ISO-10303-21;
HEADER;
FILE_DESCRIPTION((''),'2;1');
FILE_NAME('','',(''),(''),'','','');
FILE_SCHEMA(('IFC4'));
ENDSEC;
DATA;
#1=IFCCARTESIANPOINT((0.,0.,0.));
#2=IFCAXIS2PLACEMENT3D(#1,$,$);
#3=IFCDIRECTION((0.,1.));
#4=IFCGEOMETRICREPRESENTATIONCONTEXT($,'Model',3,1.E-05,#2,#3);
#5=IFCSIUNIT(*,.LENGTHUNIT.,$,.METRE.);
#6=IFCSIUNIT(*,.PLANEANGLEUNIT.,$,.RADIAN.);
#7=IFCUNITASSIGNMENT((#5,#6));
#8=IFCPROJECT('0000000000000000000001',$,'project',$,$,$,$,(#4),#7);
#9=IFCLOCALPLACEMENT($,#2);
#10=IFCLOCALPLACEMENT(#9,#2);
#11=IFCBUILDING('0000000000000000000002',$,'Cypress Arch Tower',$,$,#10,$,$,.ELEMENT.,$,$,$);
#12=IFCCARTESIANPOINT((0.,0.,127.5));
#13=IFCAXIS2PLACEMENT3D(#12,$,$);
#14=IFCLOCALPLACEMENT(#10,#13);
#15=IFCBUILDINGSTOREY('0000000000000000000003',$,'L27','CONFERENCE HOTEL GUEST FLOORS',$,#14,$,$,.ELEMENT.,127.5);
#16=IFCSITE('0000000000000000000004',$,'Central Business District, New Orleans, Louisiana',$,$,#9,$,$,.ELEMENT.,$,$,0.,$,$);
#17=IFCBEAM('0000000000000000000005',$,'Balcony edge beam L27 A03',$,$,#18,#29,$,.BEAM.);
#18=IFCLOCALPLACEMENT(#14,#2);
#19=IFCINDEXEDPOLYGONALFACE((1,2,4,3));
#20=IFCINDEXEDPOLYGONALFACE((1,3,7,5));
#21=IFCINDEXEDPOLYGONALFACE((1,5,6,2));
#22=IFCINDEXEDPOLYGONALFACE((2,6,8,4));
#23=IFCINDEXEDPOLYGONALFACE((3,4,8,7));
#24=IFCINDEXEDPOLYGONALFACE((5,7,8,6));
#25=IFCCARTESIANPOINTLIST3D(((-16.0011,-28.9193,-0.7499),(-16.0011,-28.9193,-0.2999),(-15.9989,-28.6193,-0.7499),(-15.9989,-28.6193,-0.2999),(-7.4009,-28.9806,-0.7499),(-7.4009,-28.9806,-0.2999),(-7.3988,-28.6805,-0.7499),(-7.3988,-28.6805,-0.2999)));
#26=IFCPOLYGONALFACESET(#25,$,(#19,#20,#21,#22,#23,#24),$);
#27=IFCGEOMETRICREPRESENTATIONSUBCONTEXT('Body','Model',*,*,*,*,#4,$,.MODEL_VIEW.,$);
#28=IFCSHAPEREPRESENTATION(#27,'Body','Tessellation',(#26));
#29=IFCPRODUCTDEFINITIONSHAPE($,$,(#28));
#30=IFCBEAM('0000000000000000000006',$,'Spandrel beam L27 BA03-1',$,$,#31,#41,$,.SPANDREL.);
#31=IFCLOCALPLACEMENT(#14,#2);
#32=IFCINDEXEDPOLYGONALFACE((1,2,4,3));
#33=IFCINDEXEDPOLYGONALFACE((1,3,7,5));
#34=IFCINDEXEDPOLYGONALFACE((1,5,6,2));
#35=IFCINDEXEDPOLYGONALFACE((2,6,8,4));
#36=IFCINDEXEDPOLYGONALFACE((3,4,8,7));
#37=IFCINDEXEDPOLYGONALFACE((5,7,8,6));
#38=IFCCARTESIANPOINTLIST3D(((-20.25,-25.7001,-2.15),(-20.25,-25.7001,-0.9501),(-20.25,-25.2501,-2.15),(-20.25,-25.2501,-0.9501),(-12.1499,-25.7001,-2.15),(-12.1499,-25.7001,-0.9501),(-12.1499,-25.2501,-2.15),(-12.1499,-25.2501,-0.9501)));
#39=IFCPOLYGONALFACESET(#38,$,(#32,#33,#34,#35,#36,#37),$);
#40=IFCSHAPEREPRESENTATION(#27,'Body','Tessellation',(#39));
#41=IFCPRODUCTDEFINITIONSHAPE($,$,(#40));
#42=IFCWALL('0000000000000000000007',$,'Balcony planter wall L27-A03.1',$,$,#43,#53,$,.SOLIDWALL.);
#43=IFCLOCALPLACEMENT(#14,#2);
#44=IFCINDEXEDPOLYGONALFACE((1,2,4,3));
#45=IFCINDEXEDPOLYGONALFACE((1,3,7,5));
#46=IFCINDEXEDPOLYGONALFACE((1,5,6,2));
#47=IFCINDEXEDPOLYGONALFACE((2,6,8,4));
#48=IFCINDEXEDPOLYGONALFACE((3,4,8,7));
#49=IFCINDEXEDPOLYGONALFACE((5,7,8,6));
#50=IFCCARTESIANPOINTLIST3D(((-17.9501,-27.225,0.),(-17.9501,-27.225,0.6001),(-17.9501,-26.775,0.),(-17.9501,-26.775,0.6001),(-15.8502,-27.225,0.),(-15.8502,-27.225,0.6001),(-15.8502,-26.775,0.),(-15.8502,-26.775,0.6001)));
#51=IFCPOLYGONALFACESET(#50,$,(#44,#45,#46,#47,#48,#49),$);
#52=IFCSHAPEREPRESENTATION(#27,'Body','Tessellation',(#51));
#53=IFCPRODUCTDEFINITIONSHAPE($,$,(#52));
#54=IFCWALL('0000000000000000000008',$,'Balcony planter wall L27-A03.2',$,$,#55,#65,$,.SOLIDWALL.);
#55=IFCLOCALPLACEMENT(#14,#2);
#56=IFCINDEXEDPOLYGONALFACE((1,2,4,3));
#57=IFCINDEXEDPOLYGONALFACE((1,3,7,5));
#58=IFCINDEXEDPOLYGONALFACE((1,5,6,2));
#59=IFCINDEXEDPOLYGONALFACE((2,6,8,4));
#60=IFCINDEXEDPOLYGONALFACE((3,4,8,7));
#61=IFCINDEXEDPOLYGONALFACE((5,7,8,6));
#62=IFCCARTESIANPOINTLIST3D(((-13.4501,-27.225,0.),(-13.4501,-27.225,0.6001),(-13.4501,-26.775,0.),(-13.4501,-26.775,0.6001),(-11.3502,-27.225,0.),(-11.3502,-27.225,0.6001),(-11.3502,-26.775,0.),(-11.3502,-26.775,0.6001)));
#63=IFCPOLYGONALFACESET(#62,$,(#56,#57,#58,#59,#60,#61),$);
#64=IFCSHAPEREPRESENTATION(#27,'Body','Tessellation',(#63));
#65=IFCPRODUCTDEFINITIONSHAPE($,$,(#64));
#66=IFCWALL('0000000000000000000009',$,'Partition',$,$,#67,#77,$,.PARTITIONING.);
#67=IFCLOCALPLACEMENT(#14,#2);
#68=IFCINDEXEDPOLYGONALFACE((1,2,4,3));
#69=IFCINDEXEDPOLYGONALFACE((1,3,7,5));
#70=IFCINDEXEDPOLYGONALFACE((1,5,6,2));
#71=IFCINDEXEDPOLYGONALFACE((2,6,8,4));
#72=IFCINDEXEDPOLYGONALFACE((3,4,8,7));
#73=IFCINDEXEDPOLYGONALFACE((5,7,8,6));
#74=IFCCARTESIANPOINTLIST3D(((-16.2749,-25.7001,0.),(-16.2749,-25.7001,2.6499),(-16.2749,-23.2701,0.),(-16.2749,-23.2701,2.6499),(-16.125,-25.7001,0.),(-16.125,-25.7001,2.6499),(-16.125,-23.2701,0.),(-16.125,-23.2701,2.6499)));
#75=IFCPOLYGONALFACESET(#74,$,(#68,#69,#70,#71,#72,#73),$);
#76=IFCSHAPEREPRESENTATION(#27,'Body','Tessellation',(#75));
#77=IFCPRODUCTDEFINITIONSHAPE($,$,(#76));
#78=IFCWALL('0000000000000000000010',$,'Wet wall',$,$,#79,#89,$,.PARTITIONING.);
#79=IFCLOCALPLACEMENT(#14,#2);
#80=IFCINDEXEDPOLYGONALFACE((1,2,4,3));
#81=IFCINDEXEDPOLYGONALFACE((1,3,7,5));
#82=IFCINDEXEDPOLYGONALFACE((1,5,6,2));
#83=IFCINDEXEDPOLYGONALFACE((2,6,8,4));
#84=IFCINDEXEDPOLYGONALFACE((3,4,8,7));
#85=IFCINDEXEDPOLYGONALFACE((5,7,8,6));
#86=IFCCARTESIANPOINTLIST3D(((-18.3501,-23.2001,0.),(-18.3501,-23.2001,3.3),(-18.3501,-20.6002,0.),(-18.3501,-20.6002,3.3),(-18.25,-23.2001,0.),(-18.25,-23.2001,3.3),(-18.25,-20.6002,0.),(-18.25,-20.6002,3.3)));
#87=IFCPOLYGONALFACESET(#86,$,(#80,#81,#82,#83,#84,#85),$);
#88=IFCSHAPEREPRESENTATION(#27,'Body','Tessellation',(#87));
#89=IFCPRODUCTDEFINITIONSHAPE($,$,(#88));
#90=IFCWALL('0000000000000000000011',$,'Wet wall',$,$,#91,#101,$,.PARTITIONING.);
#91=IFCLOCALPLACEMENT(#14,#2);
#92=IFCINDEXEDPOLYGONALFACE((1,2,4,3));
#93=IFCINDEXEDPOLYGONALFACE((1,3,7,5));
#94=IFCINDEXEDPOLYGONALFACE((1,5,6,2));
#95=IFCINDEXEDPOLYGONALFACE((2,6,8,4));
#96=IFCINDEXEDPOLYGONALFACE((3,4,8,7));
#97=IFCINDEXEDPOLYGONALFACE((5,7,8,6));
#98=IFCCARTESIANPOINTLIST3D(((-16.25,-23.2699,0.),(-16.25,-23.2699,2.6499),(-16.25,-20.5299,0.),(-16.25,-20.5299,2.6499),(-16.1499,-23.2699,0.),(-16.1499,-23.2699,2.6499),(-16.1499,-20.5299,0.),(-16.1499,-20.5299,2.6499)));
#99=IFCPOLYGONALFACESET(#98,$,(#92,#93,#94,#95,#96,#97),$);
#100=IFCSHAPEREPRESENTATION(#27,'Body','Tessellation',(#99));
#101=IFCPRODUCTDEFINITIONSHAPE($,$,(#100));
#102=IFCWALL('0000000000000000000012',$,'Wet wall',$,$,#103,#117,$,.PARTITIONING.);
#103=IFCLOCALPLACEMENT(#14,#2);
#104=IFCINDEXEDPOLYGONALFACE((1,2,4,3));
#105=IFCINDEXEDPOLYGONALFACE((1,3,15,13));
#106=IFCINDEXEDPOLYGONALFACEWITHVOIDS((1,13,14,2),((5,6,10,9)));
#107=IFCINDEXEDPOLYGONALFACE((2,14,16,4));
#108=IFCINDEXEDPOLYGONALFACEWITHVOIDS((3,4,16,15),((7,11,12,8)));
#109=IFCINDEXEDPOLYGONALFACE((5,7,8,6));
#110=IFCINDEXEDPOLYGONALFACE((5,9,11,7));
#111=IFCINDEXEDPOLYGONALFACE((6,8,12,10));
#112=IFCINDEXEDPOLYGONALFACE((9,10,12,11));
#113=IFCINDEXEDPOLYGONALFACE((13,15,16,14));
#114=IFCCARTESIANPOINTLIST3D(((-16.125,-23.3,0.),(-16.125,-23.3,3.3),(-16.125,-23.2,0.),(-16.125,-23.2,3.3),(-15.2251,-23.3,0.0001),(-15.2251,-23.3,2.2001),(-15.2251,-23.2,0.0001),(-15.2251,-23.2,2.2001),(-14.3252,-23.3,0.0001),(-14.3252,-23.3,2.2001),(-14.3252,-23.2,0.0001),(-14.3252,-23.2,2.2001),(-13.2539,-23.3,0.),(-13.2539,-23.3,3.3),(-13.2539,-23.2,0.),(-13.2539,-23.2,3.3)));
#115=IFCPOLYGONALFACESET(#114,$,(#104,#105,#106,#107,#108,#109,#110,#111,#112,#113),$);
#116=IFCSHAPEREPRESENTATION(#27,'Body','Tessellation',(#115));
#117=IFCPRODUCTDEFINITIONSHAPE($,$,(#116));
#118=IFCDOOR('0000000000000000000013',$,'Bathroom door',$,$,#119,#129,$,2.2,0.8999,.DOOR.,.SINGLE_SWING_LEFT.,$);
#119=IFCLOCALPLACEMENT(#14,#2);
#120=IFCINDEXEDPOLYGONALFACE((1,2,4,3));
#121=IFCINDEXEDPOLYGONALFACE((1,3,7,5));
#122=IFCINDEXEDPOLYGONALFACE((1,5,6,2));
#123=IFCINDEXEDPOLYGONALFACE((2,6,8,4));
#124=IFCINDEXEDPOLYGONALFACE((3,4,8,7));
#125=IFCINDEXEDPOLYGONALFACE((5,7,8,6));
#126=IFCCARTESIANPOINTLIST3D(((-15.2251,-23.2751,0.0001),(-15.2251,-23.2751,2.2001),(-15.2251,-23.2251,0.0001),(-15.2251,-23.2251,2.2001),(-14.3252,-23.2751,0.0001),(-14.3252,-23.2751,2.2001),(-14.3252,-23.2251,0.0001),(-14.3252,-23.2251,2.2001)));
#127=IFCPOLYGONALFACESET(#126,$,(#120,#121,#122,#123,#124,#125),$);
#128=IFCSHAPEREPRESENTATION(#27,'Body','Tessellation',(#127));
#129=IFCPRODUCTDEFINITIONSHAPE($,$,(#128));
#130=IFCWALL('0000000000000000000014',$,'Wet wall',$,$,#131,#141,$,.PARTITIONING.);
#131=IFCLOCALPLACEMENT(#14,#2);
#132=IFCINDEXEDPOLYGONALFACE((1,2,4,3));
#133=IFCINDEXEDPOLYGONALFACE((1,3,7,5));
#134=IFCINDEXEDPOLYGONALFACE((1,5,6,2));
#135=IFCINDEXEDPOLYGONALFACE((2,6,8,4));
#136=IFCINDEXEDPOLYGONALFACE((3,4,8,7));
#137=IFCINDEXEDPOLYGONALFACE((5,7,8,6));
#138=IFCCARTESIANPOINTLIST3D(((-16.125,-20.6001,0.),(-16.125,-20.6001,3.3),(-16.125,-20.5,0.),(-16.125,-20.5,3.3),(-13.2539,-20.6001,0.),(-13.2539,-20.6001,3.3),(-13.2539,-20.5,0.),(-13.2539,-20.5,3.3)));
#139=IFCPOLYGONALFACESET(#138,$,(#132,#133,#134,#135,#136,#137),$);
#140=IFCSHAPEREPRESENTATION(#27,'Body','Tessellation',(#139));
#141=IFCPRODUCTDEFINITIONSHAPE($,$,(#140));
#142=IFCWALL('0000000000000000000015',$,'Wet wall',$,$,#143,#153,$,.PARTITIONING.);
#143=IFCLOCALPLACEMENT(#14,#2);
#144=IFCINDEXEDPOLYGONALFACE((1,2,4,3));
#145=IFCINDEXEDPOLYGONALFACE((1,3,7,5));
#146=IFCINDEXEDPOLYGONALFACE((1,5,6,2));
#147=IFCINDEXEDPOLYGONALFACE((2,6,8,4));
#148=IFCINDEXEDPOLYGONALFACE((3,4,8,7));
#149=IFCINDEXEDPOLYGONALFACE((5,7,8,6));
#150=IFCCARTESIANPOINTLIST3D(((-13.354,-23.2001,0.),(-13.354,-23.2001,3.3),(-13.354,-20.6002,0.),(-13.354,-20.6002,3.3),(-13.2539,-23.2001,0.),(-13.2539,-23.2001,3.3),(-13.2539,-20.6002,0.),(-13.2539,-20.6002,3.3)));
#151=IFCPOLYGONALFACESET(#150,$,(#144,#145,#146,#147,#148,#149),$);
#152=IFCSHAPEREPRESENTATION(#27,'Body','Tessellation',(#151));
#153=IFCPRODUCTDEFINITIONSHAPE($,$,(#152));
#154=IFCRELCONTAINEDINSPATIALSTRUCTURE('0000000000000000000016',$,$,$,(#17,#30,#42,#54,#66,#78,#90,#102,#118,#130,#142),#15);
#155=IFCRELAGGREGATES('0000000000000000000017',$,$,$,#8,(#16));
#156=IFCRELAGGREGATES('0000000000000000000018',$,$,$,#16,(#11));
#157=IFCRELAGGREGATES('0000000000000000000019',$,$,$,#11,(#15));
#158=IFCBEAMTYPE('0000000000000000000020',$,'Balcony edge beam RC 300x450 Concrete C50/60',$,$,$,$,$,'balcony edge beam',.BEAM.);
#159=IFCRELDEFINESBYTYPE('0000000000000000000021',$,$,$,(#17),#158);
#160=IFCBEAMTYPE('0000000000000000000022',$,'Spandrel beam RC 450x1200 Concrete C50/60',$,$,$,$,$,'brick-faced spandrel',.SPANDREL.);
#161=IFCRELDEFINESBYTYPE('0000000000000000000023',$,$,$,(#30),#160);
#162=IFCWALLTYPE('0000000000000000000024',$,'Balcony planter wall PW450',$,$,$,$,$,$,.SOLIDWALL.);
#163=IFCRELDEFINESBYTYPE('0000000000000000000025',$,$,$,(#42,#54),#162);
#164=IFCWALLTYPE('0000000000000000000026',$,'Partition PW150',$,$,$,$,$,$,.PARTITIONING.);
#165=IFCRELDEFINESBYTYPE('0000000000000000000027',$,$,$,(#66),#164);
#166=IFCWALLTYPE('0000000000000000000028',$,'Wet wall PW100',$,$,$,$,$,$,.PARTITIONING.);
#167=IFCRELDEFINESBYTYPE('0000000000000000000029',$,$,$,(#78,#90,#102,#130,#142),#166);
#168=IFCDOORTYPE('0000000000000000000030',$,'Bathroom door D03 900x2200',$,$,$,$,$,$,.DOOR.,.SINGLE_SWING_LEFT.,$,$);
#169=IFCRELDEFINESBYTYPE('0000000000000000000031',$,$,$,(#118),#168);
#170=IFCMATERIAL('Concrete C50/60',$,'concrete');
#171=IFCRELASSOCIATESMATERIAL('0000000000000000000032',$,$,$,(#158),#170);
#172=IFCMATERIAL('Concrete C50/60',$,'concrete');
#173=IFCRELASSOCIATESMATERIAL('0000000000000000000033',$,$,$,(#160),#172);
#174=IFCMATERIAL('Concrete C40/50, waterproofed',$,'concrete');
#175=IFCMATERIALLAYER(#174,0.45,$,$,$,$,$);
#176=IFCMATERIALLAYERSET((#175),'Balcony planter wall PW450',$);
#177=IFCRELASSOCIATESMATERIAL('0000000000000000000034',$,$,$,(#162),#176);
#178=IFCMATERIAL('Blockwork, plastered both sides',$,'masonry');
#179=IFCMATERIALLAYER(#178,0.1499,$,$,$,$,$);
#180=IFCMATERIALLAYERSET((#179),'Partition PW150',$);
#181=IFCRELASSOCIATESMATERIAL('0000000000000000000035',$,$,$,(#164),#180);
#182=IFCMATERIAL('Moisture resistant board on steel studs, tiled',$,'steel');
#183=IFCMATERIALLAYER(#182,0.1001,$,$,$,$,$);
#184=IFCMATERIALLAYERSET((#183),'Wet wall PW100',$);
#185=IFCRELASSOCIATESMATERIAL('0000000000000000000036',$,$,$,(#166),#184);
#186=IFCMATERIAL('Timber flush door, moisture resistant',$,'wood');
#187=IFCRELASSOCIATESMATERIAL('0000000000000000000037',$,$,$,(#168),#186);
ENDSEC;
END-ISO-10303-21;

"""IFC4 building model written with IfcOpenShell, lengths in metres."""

from ifc_helpers import new_model, si_unit, direction, frame, frame_2d, origin, origin_2d, place, context, subcontext, project, spatial, rectangle, extrude, material, layer, layer_set, material_profile, profile_set, type_object, element, fill, save


model = new_model("IFC4")

# Units and contexts
model_context = context("Model", 3, precision=1e-05, world=origin(), true_north=direction((0.0, 1.0)))
body_context = subcontext(model_context, "Body", "Model", "MODEL_VIEW")
ifc_project = project(units=[si_unit("LENGTHUNIT", "METRE"), si_unit("PLANEANGLEUNIT", "RADIAN")], contexts=[model_context])

# Site, building, storey
site_placement = place(None, origin())
site = spatial("IfcSite", under=ifc_project, at=site_placement, Name="Central Business District, New Orleans, Louisiana", CompositionType="ELEMENT", RefElevation=0.0)
building_placement = place(site_placement, origin())
building = spatial("IfcBuilding", under=site, at=building_placement, Name="Cypress Arch Tower", CompositionType="ELEMENT")
storey_placement = place(building_placement, frame((0.0, 0.0, 127.5)))
storey = spatial("IfcBuildingStorey", under=building, at=storey_placement, Name="L27", Description="CONFERENCE HOTEL GUEST FLOORS", CompositionType="ELEMENT", Elevation=127.5)

# Beams
ifc_material_1 = material(Name="Concrete C50/60", Category="concrete")
ifc_material_profile_1 = material_profile(ifc_material_1, rectangle(XDim=0.3, YDim=0.45, at=origin_2d()), Name="RC 300x450")
ifc_profile_set_1 = profile_set([ifc_material_profile_1], Name="Concrete C50/60")
beam_type_1 = type_object("IfcBeamType", Name="Balcony edge beam RC 300x450 Concrete C50/60", ElementType="balcony edge beam", PredefinedType="BEAM", material=ifc_profile_set_1)
beam_1_placement = place(storey_placement, frame((-16.0, -28.7693, -0.5249), z_axis=(0.999975, -0.007125, 0.0), x_axis=(0.007125, 0.999975, 0.0)))
element("IfcBeam", 1, at=beam_1_placement, inside=storey, type_object=beam_type_1, Name="Balcony edge beam L27 A03", PredefinedType="BEAM", context=body_context, shape_type="SweptSolid", body=[
    extrude(rectangle(XDim=0.3, YDim=0.45, at=origin_2d()), origin(), (0.0, 0.0, 1.0), 8.6003),
])
ifc_material_2 = material(Name="Concrete C50/60", Category="concrete")
ifc_material_profile_2 = material_profile(ifc_material_2, rectangle(XDim=0.45, YDim=1.2, at=origin_2d()), Name="RC 450x1200")
ifc_profile_set_2 = profile_set([ifc_material_profile_2], Name="Concrete C50/60")
beam_type_2 = type_object("IfcBeamType", Name="Spandrel beam RC 450x1200 Concrete C50/60", ElementType="brick-faced spandrel", PredefinedType="SPANDREL", material=ifc_profile_set_2)
beam_2_placement = place(storey_placement, frame((-20.25, -25.4751, -1.55), z_axis=(1.0, 0.0, 0.0), x_axis=(0.0, 1.0, 0.0)))
element("IfcBeam", 2, at=beam_2_placement, inside=storey, type_object=beam_type_2, Name="Spandrel beam L27 BA03-1", PredefinedType="SPANDREL", context=body_context, shape_type="SweptSolid", body=[
    extrude(rectangle(XDim=0.45, YDim=1.2, at=origin_2d()), origin(), (0.0, 0.0, 1.0), 8.1001),
])

# Walls
ifc_material_3 = material(Name="Concrete C40/50, waterproofed", Category="concrete")
ifc_layer_1 = layer(ifc_material_3, 0.45)
ifc_layer_set_1 = layer_set([ifc_layer_1], Name="Balcony planter wall PW450")
wall_type_1 = type_object("IfcWallType", Name="Balcony planter wall PW450", PredefinedType="SOLIDWALL", material=ifc_layer_set_1)
for number, where, z_axis, x_axis, name in (
    (3, (-17.95, -27.0, 0.0), (0.0, 0.0, 1.0), (1.0, 0.0, 0.0), "Balcony planter wall L27-A03.1"),
    (4, (-13.45, -27.0, 0.0), (0.0, 0.0, 1.0), (1.0, 0.0, 0.0), "Balcony planter wall L27-A03.2"),
):
    element("IfcWall", number, at=place(storey_placement, frame(where, z_axis=z_axis, x_axis=x_axis)), inside=storey, type_object=wall_type_1, Name=name, PredefinedType="SOLIDWALL", context=body_context, shape_type="SweptSolid", body=[
        extrude(rectangle(XDim=2.0999, YDim=0.45, at=frame_2d((1.0498, 0.0))), origin(), (0.0, 0.0, 1.0), 0.6001),
    ])

# Walls
ifc_material_4 = material(Name="Blockwork, plastered both sides", Category="masonry")
ifc_layer_2 = layer(ifc_material_4, 0.1499)
ifc_layer_set_2 = layer_set([ifc_layer_2], Name="Partition PW150")
wall_type_2 = type_object("IfcWallType", Name="Partition PW150", PredefinedType="PARTITIONING", material=ifc_layer_set_2)
wall_1_placement = place(storey_placement, frame((-16.2, -25.7, 0.0), z_axis=(0.0, 0.0, 1.0), x_axis=(0.0, 1.0, 0.0)))
element("IfcWall", 5, at=wall_1_placement, inside=storey, type_object=wall_type_2, Name="Partition", PredefinedType="PARTITIONING", context=body_context, shape_type="SweptSolid", body=[
    extrude(rectangle(XDim=2.4299, YDim=0.1499, at=frame_2d((1.2148, 0.0))), origin(), (0.0, 0.0, 1.0), 2.6499),
])
ifc_material_5 = material(Name="Moisture resistant board on steel studs, tiled", Category="steel")
ifc_layer_3 = layer(ifc_material_5, 0.1001)
ifc_layer_set_3 = layer_set([ifc_layer_3], Name="Wet wall PW100")
wall_type_3 = type_object("IfcWallType", Name="Wet wall PW100", PredefinedType="PARTITIONING", material=ifc_layer_set_3)
wall_2_placement = place(storey_placement, frame((-18.3, -23.2, 0.0), z_axis=(0.0, 0.0, 1.0), x_axis=(0.0, 1.0, 0.0)))
element("IfcWall", 6, at=wall_2_placement, inside=storey, type_object=wall_type_3, Name="Wet wall", PredefinedType="PARTITIONING", context=body_context, shape_type="SweptSolid", body=[
    extrude(rectangle(XDim=2.5999, YDim=0.1001, at=frame_2d((1.2998, 0.0))), origin(), (0.0, 0.0, 1.0), 3.3),
])
wall_3_placement = place(storey_placement, frame((-16.2, -23.27, 0.0), z_axis=(0.0, 0.0, 1.0), x_axis=(0.0, 1.0, 0.0)))
element("IfcWall", 7, at=wall_3_placement, inside=storey, type_object=wall_type_3, Name="Wet wall", PredefinedType="PARTITIONING", context=body_context, shape_type="SweptSolid", body=[
    extrude(rectangle(XDim=2.74, YDim=0.1001, at=frame_2d((1.3701, 0.0))), origin(), (0.0, 0.0, 1.0), 2.6499),
])

# Wall, opening, door
wall_4_placement = place(storey_placement, frame((-16.125, -23.25, 0.0), z_axis=(0.0, 0.0, 1.0), x_axis=(1.0, 0.0, 0.0)))
wall_4 = element("IfcWall", 8, at=wall_4_placement, inside=storey, type_object=wall_type_3, Name="Wet wall", PredefinedType="PARTITIONING", context=body_context, shape_type="SweptSolid", body=[
    extrude(rectangle(XDim=2.8711, YDim=0.1001, at=frame_2d((1.4355, 0.0))), origin(), (0.0, 0.0, 1.0), 3.3),
])
opening_1_placement = place(wall_4_placement, frame((0.8999, 0.0, 0.0)))
opening_1 = element("IfcOpeningElement", 9, at=opening_1_placement, cuts=wall_4, PredefinedType="OPENING", context=body_context, shape_type="SweptSolid", body=[
    extrude(rectangle(XDim=0.8999, YDim=2.2, at=frame_2d((0.45, 1.1001))), frame((0.0, 0.0601, 0.0), z_axis=(0.0, -1.0, 0.0), x_axis=(1.0, 0.0, 0.0)), (0.0, 0.0, 1.0), 0.1201),
])
ifc_material_6 = material(Name="Timber flush door, moisture resistant", Category="wood")
door_type_1 = type_object("IfcDoorType", Name="Bathroom door D03 900x2200", OperationType="SINGLE_SWING_LEFT", PredefinedType="DOOR", material=ifc_material_6)
door_1_placement = place(opening_1_placement, origin())
door_1 = element("IfcDoor", 10, at=door_1_placement, inside=storey, type_object=door_type_1, Name="Bathroom door", OperationType="SINGLE_SWING_LEFT", OverallHeight=2.2, OverallWidth=0.8999, PredefinedType="DOOR", context=body_context, shape_type="SweptSolid", body=[
    extrude(rectangle(XDim=0.8999, YDim=2.2, at=frame_2d((0.45, 1.1001))), frame((0.0, 0.0249, 0.0), z_axis=(0.0, -1.0, 0.0), x_axis=(1.0, 0.0, 0.0)), (0.0, 0.0, 1.0), 0.05),
])
fill(opening_1, door_1)

# Walls
wall_5_placement = place(storey_placement, frame((-16.125, -20.55, 0.0), z_axis=(0.0, 0.0, 1.0), x_axis=(1.0, 0.0, 0.0)))
element("IfcWall", 11, at=wall_5_placement, inside=storey, type_object=wall_type_3, Name="Wet wall", PredefinedType="PARTITIONING", context=body_context, shape_type="SweptSolid", body=[
    extrude(rectangle(XDim=2.8711, YDim=0.1001, at=frame_2d((1.4355, 0.0))), origin(), (0.0, 0.0, 1.0), 3.3),
])
wall_6_placement = place(storey_placement, frame((-13.304, -23.2, 0.0), z_axis=(0.0, 0.0, 1.0), x_axis=(0.0, 1.0, 0.0)))
element("IfcWall", 12, at=wall_6_placement, inside=storey, type_object=wall_type_3, Name="Wet wall", PredefinedType="PARTITIONING", context=body_context, shape_type="SweptSolid", body=[
    extrude(rectangle(XDim=2.5999, YDim=0.1001, at=frame_2d((1.2998, 0.0))), origin(), (0.0, 0.0, 1.0), 3.3),
])

save(model, "model.ifc")
